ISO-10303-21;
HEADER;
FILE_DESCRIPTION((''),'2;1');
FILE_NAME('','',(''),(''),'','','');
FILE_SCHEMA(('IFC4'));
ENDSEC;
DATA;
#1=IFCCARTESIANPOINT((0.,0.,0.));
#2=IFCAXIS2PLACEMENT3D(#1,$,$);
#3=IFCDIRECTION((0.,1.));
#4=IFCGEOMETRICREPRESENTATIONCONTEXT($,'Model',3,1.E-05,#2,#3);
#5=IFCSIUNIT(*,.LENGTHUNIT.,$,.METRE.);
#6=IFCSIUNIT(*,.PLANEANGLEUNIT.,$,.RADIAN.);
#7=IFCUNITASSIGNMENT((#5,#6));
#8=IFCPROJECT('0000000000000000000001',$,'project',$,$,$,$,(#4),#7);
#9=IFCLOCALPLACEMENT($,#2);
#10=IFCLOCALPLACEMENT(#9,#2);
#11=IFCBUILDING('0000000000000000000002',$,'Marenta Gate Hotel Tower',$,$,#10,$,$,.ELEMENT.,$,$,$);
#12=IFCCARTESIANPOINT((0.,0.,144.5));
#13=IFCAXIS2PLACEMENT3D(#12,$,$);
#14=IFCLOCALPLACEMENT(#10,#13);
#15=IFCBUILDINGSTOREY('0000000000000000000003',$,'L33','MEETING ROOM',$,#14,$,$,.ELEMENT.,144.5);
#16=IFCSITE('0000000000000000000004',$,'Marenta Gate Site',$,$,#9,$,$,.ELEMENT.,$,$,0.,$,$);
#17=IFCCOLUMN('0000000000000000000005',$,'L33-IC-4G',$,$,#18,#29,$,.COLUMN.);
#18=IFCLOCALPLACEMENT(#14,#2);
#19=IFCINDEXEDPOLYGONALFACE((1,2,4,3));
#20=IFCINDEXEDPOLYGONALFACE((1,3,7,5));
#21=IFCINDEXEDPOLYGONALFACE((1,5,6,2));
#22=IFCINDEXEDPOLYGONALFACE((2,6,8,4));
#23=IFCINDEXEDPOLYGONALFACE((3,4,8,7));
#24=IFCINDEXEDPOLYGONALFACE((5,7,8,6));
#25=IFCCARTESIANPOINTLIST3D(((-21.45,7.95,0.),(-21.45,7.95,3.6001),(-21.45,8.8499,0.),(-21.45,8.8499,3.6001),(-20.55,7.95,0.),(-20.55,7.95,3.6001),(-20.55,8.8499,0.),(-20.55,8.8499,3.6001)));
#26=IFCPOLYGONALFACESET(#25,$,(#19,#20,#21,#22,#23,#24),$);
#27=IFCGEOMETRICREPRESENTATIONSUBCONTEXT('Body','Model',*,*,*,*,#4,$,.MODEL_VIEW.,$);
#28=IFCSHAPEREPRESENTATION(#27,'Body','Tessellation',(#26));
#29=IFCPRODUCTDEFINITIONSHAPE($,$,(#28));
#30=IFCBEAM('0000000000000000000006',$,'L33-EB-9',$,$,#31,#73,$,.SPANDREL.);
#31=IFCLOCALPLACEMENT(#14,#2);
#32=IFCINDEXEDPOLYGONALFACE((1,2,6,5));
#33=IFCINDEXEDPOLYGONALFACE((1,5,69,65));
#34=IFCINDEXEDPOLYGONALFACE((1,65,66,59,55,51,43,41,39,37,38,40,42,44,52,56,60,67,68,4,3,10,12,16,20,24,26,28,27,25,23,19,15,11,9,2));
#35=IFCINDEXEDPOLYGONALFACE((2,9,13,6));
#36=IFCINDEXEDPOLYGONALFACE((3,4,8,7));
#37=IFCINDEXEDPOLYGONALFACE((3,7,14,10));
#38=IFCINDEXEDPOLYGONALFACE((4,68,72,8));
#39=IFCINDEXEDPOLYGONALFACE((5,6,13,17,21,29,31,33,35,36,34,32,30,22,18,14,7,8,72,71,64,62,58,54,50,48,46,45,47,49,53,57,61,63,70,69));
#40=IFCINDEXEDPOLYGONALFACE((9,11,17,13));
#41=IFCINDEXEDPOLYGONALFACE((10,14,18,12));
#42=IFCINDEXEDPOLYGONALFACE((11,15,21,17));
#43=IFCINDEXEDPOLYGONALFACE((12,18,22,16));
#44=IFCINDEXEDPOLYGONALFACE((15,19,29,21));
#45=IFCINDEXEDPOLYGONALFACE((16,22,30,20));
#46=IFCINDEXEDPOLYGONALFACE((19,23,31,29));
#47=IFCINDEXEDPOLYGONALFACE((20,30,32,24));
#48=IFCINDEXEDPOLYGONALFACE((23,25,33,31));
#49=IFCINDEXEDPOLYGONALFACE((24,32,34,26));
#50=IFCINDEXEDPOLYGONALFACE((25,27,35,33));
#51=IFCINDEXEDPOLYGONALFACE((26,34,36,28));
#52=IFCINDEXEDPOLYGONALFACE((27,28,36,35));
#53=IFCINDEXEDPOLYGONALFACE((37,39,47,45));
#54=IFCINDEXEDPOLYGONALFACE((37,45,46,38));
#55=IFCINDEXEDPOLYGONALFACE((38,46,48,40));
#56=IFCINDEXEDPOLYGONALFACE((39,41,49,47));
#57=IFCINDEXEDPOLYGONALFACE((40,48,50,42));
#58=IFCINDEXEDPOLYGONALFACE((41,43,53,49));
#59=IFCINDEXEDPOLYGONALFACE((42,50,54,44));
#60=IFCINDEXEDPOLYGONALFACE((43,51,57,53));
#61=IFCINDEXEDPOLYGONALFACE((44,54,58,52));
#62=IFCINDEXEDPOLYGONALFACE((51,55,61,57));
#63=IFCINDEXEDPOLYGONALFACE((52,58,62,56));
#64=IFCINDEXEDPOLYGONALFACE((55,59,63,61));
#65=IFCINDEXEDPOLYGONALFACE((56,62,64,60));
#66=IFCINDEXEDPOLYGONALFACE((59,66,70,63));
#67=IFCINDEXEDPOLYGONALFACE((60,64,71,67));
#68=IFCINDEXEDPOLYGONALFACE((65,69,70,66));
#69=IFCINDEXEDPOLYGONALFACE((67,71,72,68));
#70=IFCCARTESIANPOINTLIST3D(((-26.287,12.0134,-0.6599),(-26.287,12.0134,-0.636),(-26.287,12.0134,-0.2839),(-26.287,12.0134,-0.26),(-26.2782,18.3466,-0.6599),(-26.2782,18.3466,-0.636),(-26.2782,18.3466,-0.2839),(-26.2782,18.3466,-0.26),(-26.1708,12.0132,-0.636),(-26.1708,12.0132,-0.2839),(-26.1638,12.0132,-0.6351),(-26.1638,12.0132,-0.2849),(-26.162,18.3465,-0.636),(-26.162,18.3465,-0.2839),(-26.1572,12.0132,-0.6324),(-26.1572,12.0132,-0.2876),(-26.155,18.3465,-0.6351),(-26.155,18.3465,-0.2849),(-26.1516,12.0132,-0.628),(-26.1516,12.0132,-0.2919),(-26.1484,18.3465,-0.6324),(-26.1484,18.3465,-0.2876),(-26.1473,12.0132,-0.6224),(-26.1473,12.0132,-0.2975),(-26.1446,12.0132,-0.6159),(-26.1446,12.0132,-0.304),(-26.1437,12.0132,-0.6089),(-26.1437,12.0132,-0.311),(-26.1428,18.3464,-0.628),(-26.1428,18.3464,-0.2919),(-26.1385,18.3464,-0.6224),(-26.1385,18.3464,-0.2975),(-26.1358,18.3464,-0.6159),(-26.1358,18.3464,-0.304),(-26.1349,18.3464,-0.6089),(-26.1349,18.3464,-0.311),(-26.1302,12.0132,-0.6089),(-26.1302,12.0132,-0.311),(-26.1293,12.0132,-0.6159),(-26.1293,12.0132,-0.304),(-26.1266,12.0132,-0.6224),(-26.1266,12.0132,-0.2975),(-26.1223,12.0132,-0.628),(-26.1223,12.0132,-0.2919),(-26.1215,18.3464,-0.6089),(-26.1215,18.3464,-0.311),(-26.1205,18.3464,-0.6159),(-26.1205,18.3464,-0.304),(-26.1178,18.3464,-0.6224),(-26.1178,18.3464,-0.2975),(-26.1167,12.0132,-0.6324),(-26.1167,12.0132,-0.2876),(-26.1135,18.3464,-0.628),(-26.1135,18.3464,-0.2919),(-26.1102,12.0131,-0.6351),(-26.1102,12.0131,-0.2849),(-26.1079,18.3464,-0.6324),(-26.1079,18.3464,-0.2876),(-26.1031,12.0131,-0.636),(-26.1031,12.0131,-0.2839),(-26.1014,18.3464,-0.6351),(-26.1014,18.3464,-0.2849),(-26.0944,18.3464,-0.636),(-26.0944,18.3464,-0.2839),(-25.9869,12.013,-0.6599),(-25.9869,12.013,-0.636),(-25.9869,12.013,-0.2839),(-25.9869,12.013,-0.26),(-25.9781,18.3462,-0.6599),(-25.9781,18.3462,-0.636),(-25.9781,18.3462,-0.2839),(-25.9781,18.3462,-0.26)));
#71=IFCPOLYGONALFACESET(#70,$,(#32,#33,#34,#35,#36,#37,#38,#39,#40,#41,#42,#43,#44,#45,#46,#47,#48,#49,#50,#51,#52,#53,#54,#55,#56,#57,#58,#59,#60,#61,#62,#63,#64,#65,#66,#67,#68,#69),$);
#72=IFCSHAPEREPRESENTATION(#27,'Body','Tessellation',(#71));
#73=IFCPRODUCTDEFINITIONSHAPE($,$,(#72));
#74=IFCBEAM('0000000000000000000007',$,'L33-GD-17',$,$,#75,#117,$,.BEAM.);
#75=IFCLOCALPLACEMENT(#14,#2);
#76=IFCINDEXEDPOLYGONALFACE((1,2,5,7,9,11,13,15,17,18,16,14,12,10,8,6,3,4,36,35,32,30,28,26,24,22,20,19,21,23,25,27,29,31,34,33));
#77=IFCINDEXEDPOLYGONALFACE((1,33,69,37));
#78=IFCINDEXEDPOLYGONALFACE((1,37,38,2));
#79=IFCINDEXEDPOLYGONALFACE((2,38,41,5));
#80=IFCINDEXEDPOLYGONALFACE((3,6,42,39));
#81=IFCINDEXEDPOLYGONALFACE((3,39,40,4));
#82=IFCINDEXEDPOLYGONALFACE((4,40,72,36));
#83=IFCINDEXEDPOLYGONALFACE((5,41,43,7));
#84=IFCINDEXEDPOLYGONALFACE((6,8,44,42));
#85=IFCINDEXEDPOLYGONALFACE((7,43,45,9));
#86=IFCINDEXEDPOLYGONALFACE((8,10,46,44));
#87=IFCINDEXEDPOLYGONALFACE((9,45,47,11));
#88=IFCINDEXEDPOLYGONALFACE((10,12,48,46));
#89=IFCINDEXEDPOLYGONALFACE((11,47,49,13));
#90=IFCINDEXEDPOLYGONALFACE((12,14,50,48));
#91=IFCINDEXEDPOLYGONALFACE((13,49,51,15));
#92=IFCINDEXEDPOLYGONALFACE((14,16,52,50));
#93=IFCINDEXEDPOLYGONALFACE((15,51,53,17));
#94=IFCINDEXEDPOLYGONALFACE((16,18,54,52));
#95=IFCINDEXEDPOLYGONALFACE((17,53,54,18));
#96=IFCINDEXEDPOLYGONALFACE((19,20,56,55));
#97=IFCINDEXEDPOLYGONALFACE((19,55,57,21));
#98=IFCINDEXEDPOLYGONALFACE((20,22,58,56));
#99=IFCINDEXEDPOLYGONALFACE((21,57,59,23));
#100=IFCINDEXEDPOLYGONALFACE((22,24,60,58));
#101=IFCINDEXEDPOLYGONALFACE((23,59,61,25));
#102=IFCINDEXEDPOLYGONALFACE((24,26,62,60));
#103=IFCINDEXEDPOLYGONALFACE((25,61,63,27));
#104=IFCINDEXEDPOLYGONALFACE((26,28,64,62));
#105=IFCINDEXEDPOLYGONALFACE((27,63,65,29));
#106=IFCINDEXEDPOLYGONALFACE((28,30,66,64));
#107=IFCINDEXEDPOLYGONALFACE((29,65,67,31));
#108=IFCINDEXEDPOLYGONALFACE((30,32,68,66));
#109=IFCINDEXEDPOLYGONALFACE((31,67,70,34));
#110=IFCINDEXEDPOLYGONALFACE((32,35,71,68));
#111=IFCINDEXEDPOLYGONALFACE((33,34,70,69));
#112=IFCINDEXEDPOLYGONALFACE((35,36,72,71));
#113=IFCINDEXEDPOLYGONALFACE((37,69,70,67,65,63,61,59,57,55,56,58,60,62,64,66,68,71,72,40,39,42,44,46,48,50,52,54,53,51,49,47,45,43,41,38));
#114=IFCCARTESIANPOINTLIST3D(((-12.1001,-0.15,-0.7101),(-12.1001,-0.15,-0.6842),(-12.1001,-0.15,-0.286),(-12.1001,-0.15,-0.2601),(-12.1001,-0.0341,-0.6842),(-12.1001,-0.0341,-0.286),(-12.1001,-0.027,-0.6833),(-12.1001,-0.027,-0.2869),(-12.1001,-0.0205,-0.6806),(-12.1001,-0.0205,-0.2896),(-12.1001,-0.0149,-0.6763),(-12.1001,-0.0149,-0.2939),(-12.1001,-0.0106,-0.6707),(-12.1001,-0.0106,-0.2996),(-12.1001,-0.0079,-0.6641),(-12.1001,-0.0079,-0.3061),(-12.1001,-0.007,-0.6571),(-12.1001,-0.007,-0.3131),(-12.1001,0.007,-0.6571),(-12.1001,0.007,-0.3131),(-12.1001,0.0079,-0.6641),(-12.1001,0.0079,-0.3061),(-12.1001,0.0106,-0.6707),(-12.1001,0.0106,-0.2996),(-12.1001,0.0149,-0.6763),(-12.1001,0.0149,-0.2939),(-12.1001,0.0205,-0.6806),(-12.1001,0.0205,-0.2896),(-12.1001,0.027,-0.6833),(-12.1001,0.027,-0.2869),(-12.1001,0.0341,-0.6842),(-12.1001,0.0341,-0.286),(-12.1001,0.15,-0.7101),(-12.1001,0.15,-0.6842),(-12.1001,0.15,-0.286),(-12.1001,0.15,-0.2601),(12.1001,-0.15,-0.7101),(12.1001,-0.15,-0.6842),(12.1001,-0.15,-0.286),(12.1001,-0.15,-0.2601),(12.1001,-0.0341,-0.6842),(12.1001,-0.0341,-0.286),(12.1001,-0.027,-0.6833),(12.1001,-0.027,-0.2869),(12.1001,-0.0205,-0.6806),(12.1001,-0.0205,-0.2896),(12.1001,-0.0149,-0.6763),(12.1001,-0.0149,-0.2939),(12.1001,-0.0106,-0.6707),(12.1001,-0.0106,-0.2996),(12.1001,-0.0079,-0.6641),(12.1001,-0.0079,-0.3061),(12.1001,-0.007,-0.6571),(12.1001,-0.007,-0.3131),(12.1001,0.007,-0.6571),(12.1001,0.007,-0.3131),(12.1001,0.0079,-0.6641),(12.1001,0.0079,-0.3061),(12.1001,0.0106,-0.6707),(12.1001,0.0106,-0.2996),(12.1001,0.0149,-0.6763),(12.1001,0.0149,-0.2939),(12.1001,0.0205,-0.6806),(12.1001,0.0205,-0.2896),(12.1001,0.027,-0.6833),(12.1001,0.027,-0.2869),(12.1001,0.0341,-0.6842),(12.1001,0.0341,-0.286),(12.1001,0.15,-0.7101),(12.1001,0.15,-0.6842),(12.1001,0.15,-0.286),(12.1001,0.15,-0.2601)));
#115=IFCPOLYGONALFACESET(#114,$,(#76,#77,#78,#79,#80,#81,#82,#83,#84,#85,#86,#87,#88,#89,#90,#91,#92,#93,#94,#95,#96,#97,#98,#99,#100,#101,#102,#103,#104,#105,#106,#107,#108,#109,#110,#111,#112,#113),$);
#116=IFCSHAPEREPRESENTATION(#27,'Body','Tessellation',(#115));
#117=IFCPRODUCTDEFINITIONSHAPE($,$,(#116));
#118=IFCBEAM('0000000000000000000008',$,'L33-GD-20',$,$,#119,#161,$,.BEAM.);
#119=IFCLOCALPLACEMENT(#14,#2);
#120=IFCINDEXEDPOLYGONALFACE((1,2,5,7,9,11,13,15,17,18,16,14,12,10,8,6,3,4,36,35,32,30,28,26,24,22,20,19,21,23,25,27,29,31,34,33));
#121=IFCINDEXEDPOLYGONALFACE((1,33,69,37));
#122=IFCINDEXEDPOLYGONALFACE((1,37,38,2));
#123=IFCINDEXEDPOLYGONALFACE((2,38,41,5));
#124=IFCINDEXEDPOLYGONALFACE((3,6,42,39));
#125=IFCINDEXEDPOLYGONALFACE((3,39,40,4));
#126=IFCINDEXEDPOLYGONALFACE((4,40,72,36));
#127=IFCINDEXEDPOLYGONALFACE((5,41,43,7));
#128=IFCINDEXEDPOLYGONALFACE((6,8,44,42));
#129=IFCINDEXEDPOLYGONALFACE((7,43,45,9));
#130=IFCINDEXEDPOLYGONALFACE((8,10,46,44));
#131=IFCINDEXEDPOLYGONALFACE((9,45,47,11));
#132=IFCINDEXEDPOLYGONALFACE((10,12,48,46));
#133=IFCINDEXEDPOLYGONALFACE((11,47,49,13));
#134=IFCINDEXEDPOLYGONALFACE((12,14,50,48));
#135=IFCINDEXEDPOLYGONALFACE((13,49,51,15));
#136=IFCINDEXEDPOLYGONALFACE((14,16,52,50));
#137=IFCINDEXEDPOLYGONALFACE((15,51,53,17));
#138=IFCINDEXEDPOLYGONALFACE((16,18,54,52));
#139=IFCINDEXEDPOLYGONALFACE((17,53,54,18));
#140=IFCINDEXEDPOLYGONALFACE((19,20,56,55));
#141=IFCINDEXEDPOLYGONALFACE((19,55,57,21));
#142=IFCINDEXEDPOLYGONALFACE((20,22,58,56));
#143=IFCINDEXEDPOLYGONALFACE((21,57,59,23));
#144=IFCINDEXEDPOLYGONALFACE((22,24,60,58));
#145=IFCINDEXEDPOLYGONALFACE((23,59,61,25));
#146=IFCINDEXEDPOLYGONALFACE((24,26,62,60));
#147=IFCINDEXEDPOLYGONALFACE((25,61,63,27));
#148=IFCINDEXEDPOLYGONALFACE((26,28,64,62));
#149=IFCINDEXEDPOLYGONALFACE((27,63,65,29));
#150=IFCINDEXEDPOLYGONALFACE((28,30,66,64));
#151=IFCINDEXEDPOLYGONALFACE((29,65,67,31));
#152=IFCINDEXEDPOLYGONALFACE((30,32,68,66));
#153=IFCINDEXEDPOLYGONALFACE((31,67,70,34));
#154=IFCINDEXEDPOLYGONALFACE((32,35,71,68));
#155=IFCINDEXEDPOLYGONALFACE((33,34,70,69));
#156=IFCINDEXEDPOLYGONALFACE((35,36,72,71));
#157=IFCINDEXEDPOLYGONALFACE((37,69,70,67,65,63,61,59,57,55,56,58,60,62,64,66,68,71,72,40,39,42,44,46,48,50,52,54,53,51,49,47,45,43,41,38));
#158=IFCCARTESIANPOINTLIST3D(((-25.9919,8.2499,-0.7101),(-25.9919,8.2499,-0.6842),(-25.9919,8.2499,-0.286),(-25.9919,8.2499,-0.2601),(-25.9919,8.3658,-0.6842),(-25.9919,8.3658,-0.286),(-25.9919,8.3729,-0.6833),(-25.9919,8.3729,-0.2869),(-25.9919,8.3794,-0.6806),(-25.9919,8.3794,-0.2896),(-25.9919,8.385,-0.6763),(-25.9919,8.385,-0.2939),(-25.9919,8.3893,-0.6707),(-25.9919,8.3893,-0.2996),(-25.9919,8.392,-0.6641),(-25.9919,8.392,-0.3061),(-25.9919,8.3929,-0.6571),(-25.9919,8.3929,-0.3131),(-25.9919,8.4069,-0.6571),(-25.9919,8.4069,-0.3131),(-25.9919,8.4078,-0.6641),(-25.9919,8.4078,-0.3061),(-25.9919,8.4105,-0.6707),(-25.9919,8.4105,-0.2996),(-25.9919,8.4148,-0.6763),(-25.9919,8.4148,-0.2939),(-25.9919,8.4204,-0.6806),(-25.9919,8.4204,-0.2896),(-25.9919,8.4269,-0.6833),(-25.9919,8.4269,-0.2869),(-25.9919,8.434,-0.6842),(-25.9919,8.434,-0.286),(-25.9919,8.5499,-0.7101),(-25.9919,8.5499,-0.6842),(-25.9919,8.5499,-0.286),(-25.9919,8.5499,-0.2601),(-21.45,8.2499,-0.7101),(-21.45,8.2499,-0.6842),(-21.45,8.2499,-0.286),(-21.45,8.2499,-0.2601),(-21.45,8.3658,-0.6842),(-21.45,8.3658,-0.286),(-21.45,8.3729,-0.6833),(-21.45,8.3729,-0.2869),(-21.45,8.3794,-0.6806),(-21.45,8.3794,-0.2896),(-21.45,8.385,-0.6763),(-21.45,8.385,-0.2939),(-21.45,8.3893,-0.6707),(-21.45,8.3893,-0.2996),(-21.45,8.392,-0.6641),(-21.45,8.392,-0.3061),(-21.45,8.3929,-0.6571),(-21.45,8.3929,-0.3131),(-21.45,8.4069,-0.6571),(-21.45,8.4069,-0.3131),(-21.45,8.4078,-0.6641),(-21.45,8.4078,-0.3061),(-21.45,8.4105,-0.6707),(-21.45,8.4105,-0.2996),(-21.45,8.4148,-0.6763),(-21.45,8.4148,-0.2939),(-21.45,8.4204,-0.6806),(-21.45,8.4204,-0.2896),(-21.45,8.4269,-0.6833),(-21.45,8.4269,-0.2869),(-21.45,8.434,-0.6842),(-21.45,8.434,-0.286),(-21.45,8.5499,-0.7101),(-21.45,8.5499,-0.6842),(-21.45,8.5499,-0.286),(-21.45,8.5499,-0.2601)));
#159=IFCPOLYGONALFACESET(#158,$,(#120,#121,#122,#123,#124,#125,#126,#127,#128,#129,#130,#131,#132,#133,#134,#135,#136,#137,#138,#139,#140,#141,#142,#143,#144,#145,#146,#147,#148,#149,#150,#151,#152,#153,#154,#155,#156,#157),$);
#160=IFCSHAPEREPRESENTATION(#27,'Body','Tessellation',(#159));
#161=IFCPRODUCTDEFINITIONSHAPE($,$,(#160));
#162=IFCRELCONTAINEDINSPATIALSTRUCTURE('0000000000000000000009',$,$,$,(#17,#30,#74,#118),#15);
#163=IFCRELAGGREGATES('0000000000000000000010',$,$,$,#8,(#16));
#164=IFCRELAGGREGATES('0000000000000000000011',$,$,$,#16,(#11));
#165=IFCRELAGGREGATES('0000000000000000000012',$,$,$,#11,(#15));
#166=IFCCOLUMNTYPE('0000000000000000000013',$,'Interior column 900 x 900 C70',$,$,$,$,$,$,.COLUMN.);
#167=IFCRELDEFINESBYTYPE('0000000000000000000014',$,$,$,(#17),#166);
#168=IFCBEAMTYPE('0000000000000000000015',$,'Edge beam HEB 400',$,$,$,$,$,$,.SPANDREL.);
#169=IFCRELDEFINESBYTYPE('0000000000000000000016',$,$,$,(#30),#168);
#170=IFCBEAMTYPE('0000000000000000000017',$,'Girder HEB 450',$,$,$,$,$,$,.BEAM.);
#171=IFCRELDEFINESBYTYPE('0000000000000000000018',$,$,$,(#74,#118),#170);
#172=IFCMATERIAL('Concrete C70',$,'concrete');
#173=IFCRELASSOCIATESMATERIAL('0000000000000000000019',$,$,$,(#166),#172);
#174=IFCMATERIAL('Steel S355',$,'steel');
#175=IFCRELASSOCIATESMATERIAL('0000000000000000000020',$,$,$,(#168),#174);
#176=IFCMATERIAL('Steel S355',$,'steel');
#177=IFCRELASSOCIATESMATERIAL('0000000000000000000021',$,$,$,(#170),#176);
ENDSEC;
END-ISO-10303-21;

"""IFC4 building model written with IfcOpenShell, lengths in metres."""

from ifc_helpers import new_model, si_unit, direction, frame, origin, origin_2d, place, context, subcontext, project, spatial, rectangle, i_section, extrude, material, material_profile, profile_set, type_object, element, save


model = new_model("IFC4")

# Units and contexts
model_context = context("Model", 3, precision=1e-05, world=origin(), true_north=direction((0.0, 1.0)))
body_context = subcontext(model_context, "Body", "Model", "MODEL_VIEW")
ifc_project = project(units=[si_unit("LENGTHUNIT", "METRE"), si_unit("PLANEANGLEUNIT", "RADIAN")], contexts=[model_context])

# Site, building, storey
site_placement = place(None, origin())
site = spatial("IfcSite", under=ifc_project, at=site_placement, Name="Marenta Gate Site", CompositionType="ELEMENT", RefElevation=0.0)
building_placement = place(site_placement, origin())
building = spatial("IfcBuilding", under=site, at=building_placement, Name="Marenta Gate Hotel Tower", CompositionType="ELEMENT")
storey_placement = place(building_placement, frame((0.0, 0.0, 144.5)))
storey = spatial("IfcBuildingStorey", under=building, at=storey_placement, Name="L33", Description="MEETING ROOM", CompositionType="ELEMENT", Elevation=144.5)

# Column
ifc_material_1 = material(Name="Concrete C70", Category="concrete")
ifc_material_profile_1 = material_profile(ifc_material_1, rectangle(XDim=0.8999, YDim=0.8999, at=origin_2d()), Name="900 x 900")
ifc_profile_set_1 = profile_set([ifc_material_profile_1], Name="Concrete C70")
column_type = type_object("IfcColumnType", Name="Interior column 900 x 900 C70", PredefinedType="COLUMN", material=ifc_profile_set_1)
column_placement = place(storey_placement, frame((-21.0, 8.3999, 0.0), z_axis=(0.0, 0.0, 1.0), x_axis=(1.0, 0.0, 0.0)))
element("IfcColumn", 1, at=column_placement, inside=storey, type_object=column_type, Name="L33-IC-4G", PredefinedType="COLUMN", context=body_context, shape_type="SweptSolid", body=[
    extrude(rectangle(XDim=0.8999, YDim=0.8999, at=origin_2d()), origin(), (0.0, 0.0, 1.0), 3.6001),
])

# Beams
ifc_material_2 = material(Name="Steel S355", Category="steel")
ifc_material_profile_2 = material_profile(ifc_material_2, i_section(OverallWidth=0.3, OverallDepth=0.3999, WebThickness=0.0134, FlangeThickness=0.0239, FilletRadius=0.0271, at=origin_2d()), Name="HEB 400")
ifc_profile_set_2 = profile_set([ifc_material_profile_2], Name="Steel S355")
beam_type_1 = type_object("IfcBeamType", Name="Edge beam HEB 400", PredefinedType="SPANDREL", material=ifc_profile_set_2)
beam_1_placement = place(storey_placement, frame((-26.137, 12.0132, -0.46), z_axis=(0.001388, 0.999999, 0.0), x_axis=(-0.999999, 0.001388, 0.0)))
element("IfcBeam", 2, at=beam_1_placement, inside=storey, type_object=beam_type_1, Name="L33-EB-9", PredefinedType="SPANDREL", context=body_context, shape_type="SweptSolid", body=[
    extrude(i_section(OverallWidth=0.3, OverallDepth=0.3999, WebThickness=0.0134, FlangeThickness=0.0239, FilletRadius=0.0271, at=origin_2d()), origin(), (0.0, 0.0, 1.0), 6.3333),
])
ifc_material_3 = material(Name="Steel S355", Category="steel")
ifc_material_profile_3 = material_profile(ifc_material_3, i_section(OverallWidth=0.3, OverallDepth=0.45, WebThickness=0.0139, FlangeThickness=0.0259, FilletRadius=0.0271, at=origin_2d()), Name="HEB 450")
ifc_profile_set_3 = profile_set([ifc_material_profile_3], Name="Steel S355")
beam_type_2 = type_object("IfcBeamType", Name="Girder HEB 450", PredefinedType="BEAM", material=ifc_profile_set_3)
beam_2_placement = place(storey_placement, frame((-12.1001, 0.0, -0.4851), z_axis=(1.0, 0.0, 0.0), x_axis=(0.0, 1.0, 0.0)))
element("IfcBeam", 3, at=beam_2_placement, inside=storey, type_object=beam_type_2, Name="L33-GD-17", PredefinedType="BEAM", context=body_context, shape_type="SweptSolid", body=[
    extrude(i_section(OverallWidth=0.3, OverallDepth=0.45, WebThickness=0.0139, FlangeThickness=0.0259, FilletRadius=0.0271, at=origin_2d()), origin(), (0.0, 0.0, 1.0), 24.2002),
])
beam_3_placement = place(storey_placement, frame((-25.9919, 8.3999, -0.4851), z_axis=(1.0, 0.0, 0.0), x_axis=(0.0, 1.0, 0.0)))
element("IfcBeam", 4, at=beam_3_placement, inside=storey, type_object=beam_type_2, Name="L33-GD-20", PredefinedType="BEAM", context=body_context, shape_type="SweptSolid", body=[
    extrude(i_section(OverallWidth=0.3, OverallDepth=0.45, WebThickness=0.0139, FlangeThickness=0.0259, FilletRadius=0.0271, at=origin_2d()), origin(), (0.0, 0.0, 1.0), 4.542),
])

save(model, "model.ifc")
